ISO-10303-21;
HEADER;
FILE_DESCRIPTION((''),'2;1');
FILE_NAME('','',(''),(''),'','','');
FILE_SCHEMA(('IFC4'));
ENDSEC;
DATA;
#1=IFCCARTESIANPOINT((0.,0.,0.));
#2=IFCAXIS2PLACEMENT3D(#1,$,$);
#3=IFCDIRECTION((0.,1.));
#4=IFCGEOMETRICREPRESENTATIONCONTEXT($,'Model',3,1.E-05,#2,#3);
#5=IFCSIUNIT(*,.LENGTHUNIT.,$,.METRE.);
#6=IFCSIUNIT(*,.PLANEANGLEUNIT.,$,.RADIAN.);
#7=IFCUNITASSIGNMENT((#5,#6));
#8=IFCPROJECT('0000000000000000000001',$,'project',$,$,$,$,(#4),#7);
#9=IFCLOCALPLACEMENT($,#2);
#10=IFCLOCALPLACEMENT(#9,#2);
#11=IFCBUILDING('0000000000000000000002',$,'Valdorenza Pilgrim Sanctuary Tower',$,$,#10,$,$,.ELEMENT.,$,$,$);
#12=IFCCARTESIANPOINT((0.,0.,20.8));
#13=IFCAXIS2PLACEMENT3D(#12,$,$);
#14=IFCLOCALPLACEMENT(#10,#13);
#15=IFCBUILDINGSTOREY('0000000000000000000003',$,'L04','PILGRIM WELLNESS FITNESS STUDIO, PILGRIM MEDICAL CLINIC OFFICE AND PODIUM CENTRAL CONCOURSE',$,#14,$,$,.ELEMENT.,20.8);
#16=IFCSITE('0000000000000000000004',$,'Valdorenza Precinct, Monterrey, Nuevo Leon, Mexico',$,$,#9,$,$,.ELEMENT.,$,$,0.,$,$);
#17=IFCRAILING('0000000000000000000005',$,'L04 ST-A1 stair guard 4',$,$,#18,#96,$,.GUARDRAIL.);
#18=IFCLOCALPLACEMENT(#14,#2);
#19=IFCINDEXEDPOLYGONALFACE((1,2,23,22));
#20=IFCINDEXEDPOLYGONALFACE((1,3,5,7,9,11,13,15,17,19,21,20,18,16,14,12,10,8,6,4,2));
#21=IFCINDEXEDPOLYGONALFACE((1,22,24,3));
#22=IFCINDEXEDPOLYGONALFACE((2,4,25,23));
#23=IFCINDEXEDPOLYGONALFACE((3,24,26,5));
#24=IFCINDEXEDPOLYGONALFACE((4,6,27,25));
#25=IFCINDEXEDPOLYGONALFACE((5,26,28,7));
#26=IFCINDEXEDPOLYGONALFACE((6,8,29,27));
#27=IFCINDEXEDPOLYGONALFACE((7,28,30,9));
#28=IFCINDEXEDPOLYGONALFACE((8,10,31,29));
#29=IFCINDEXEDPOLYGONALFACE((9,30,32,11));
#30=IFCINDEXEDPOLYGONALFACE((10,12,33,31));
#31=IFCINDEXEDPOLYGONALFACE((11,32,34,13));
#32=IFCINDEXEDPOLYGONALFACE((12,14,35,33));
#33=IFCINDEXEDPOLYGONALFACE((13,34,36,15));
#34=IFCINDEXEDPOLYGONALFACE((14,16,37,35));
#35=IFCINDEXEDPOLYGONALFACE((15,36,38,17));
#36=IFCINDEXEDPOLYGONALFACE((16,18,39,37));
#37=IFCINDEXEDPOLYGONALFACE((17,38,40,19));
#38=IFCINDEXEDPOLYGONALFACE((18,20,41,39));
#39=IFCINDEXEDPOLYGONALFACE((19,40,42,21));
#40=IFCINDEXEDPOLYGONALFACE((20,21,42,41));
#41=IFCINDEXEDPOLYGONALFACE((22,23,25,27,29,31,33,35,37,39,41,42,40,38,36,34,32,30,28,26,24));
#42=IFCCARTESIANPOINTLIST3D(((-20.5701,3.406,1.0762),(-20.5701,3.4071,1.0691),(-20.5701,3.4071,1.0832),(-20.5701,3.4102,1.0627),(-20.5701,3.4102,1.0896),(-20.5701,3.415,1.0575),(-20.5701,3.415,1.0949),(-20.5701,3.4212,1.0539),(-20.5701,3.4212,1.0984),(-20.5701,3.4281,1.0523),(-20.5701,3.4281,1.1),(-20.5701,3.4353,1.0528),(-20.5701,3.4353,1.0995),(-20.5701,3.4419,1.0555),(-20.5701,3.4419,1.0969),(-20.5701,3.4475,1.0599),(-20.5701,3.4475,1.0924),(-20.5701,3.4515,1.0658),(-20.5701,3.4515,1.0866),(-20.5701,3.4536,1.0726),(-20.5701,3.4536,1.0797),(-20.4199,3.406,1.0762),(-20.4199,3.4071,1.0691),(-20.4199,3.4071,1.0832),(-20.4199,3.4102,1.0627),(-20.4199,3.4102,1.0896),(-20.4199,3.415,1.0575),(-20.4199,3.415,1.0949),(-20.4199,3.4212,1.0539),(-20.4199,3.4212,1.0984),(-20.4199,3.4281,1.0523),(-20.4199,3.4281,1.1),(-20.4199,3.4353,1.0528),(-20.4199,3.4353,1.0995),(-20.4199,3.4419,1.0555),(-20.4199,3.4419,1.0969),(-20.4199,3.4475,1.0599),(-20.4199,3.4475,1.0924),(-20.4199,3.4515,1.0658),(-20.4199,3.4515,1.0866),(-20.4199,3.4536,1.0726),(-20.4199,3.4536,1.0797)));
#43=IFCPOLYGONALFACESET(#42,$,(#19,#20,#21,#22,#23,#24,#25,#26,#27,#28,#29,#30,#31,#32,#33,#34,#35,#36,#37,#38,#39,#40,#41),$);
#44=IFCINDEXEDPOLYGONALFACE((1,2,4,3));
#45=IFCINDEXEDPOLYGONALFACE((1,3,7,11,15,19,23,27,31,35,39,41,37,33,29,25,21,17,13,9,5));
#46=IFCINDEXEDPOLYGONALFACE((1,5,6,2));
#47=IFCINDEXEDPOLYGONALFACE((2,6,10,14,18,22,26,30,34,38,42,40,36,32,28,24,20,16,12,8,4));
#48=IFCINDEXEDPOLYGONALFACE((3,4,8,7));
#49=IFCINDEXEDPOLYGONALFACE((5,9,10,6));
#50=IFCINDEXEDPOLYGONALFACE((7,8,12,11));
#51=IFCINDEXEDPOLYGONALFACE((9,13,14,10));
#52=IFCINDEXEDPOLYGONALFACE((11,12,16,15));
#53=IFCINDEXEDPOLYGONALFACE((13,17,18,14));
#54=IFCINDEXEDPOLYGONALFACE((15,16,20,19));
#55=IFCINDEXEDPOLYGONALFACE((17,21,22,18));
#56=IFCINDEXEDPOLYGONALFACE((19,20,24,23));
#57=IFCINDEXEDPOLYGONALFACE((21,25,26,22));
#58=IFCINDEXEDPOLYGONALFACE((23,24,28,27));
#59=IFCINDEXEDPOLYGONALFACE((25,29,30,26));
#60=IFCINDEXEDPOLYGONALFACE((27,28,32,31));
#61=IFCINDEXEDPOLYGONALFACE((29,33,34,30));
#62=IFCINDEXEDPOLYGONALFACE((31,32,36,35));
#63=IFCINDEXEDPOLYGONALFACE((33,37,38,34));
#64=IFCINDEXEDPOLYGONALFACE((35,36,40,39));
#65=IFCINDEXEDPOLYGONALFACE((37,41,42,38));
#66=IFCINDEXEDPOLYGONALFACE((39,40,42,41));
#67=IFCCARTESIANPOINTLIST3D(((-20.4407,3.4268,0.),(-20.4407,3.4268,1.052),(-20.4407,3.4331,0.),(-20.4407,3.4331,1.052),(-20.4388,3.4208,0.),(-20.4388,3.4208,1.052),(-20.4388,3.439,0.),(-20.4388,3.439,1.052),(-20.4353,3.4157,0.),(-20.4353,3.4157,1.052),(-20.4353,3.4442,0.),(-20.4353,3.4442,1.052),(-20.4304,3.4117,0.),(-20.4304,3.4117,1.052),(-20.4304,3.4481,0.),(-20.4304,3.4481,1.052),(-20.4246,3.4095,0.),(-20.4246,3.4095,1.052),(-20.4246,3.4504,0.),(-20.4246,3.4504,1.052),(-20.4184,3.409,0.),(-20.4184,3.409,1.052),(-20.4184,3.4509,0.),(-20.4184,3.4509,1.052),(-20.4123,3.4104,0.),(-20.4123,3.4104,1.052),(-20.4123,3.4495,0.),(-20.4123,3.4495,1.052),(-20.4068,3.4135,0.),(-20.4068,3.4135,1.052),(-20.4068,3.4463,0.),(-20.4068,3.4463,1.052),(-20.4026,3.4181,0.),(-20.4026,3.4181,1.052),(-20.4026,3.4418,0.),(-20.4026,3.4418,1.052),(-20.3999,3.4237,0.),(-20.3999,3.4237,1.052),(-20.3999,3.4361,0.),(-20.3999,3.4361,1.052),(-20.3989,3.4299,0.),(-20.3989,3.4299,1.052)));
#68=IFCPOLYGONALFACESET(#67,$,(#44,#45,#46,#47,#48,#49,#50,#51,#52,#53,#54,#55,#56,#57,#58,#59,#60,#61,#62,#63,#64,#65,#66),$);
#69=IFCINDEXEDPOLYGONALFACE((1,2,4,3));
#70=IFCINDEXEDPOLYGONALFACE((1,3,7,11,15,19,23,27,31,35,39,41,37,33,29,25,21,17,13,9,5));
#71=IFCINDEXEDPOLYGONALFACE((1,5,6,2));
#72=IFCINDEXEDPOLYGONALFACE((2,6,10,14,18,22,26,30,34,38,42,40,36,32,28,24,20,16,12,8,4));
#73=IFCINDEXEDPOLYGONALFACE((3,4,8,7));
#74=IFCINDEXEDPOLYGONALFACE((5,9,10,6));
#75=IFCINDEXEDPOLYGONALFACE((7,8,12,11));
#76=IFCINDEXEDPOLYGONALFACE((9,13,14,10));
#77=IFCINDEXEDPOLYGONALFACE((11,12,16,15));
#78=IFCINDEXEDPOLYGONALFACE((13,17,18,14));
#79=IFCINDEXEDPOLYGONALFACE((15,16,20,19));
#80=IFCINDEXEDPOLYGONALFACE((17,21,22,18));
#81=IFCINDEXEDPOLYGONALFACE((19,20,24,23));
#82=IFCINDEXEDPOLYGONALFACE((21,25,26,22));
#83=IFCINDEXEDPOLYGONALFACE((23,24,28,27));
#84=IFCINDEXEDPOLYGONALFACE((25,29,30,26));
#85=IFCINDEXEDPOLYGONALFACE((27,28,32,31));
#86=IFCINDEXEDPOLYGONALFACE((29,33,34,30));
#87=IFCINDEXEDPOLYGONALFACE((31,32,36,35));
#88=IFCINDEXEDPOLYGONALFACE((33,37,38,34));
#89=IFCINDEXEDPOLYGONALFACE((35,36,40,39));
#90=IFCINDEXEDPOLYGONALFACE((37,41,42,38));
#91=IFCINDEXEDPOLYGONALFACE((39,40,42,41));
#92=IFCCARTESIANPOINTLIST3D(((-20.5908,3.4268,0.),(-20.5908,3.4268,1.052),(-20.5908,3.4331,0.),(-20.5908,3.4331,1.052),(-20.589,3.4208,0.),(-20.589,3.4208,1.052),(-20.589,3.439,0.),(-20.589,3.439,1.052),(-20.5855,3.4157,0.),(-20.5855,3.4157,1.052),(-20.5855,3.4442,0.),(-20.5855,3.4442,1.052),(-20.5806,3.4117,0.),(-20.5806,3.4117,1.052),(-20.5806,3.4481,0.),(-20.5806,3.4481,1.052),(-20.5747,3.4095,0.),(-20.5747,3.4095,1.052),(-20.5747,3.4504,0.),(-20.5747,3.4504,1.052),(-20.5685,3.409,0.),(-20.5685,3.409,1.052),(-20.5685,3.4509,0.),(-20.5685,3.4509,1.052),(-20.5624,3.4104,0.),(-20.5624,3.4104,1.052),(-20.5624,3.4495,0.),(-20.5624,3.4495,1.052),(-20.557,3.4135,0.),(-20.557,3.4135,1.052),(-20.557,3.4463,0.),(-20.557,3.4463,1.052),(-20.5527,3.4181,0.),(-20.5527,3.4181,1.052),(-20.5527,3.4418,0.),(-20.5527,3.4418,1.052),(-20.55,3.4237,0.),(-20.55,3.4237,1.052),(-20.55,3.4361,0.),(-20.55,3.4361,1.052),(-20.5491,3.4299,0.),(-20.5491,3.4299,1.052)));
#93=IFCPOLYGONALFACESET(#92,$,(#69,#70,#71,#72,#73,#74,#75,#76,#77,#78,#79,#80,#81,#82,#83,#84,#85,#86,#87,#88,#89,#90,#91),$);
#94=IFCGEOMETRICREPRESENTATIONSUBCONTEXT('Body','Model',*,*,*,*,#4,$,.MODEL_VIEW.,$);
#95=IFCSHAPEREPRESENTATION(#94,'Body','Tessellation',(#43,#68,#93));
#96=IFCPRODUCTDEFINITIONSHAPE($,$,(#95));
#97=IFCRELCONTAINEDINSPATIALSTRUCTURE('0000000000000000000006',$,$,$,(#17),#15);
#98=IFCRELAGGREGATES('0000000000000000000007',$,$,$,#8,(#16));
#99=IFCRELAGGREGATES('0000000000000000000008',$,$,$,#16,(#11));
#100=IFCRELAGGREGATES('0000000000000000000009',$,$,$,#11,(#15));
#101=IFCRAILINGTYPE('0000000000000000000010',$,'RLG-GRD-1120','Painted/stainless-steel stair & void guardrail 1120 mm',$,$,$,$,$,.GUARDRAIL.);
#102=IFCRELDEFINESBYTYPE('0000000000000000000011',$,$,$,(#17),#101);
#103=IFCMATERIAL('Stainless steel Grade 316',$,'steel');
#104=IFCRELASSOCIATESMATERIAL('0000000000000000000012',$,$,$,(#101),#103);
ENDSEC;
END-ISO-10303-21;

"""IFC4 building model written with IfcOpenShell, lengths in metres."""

from ifc_helpers import new_model, si_unit, direction, frame, origin, origin_2d, place, context, subcontext, project, spatial, circle, extrude, material, type_object, element, save


model = new_model("IFC4")

# Units and contexts
model_context = context("Model", 3, precision=1e-05, world=origin(), true_north=direction((0.0, 1.0)))
body_context = subcontext(model_context, "Body", "Model", "MODEL_VIEW")
ifc_project = project(units=[si_unit("LENGTHUNIT", "METRE"), si_unit("PLANEANGLEUNIT", "RADIAN")], contexts=[model_context])

# Site, building, storey
site_placement = place(None, origin())
site = spatial("IfcSite", under=ifc_project, at=site_placement, Name="Valdorenza Precinct, Monterrey, Nuevo Leon, Mexico", CompositionType="ELEMENT", RefElevation=0.0)
building_placement = place(site_placement, origin())
building = spatial("IfcBuilding", under=site, at=building_placement, Name="Valdorenza Pilgrim Sanctuary Tower", CompositionType="ELEMENT")
storey_placement = place(building_placement, frame((0.0, 0.0, 20.8)))
storey = spatial("IfcBuildingStorey", under=building, at=storey_placement, Name="L04", Description="PILGRIM WELLNESS FITNESS STUDIO, PILGRIM MEDICAL CLINIC OFFICE AND PODIUM CENTRAL CONCOURSE", CompositionType="ELEMENT", Elevation=20.8)

# Railing
ifc_material_1 = material(Name="Stainless steel Grade 316", Category="steel")
railing_type_1 = type_object("IfcRailingType", Name="RLG-GRD-1120", Description="Painted/stainless-steel stair & void guardrail 1120 mm", PredefinedType="GUARDRAIL", material=ifc_material_1)
railing_1_placement = place(storey_placement, frame((-20.4199, 3.4299, 0.0)))
element("IfcRailing", 1, at=railing_1_placement, inside=storey, type_object=railing_type_1, Name="L04 ST-A1 stair guard 4", PredefinedType="GUARDRAIL", context=body_context, shape_type="SweptSolid", body=[
    extrude(circle(Radius=0.0239, at=origin_2d()), frame((0.0, 0.0, 1.0762), z_axis=(-1.0, 0.0, 0.0), x_axis=(0.0, -1.0, 0.0)), (0.0, 0.0, 1.0), 0.1501),
    extrude(circle(Radius=0.021, at=origin_2d()), origin(), (0.0, 0.0, 1.0), 1.052),
    extrude(circle(Radius=0.021, at=origin_2d()), frame((-0.1501, 0.0, 0.0)), (0.0, 0.0, 1.0), 1.052),
])

save(model, "model.ifc")
